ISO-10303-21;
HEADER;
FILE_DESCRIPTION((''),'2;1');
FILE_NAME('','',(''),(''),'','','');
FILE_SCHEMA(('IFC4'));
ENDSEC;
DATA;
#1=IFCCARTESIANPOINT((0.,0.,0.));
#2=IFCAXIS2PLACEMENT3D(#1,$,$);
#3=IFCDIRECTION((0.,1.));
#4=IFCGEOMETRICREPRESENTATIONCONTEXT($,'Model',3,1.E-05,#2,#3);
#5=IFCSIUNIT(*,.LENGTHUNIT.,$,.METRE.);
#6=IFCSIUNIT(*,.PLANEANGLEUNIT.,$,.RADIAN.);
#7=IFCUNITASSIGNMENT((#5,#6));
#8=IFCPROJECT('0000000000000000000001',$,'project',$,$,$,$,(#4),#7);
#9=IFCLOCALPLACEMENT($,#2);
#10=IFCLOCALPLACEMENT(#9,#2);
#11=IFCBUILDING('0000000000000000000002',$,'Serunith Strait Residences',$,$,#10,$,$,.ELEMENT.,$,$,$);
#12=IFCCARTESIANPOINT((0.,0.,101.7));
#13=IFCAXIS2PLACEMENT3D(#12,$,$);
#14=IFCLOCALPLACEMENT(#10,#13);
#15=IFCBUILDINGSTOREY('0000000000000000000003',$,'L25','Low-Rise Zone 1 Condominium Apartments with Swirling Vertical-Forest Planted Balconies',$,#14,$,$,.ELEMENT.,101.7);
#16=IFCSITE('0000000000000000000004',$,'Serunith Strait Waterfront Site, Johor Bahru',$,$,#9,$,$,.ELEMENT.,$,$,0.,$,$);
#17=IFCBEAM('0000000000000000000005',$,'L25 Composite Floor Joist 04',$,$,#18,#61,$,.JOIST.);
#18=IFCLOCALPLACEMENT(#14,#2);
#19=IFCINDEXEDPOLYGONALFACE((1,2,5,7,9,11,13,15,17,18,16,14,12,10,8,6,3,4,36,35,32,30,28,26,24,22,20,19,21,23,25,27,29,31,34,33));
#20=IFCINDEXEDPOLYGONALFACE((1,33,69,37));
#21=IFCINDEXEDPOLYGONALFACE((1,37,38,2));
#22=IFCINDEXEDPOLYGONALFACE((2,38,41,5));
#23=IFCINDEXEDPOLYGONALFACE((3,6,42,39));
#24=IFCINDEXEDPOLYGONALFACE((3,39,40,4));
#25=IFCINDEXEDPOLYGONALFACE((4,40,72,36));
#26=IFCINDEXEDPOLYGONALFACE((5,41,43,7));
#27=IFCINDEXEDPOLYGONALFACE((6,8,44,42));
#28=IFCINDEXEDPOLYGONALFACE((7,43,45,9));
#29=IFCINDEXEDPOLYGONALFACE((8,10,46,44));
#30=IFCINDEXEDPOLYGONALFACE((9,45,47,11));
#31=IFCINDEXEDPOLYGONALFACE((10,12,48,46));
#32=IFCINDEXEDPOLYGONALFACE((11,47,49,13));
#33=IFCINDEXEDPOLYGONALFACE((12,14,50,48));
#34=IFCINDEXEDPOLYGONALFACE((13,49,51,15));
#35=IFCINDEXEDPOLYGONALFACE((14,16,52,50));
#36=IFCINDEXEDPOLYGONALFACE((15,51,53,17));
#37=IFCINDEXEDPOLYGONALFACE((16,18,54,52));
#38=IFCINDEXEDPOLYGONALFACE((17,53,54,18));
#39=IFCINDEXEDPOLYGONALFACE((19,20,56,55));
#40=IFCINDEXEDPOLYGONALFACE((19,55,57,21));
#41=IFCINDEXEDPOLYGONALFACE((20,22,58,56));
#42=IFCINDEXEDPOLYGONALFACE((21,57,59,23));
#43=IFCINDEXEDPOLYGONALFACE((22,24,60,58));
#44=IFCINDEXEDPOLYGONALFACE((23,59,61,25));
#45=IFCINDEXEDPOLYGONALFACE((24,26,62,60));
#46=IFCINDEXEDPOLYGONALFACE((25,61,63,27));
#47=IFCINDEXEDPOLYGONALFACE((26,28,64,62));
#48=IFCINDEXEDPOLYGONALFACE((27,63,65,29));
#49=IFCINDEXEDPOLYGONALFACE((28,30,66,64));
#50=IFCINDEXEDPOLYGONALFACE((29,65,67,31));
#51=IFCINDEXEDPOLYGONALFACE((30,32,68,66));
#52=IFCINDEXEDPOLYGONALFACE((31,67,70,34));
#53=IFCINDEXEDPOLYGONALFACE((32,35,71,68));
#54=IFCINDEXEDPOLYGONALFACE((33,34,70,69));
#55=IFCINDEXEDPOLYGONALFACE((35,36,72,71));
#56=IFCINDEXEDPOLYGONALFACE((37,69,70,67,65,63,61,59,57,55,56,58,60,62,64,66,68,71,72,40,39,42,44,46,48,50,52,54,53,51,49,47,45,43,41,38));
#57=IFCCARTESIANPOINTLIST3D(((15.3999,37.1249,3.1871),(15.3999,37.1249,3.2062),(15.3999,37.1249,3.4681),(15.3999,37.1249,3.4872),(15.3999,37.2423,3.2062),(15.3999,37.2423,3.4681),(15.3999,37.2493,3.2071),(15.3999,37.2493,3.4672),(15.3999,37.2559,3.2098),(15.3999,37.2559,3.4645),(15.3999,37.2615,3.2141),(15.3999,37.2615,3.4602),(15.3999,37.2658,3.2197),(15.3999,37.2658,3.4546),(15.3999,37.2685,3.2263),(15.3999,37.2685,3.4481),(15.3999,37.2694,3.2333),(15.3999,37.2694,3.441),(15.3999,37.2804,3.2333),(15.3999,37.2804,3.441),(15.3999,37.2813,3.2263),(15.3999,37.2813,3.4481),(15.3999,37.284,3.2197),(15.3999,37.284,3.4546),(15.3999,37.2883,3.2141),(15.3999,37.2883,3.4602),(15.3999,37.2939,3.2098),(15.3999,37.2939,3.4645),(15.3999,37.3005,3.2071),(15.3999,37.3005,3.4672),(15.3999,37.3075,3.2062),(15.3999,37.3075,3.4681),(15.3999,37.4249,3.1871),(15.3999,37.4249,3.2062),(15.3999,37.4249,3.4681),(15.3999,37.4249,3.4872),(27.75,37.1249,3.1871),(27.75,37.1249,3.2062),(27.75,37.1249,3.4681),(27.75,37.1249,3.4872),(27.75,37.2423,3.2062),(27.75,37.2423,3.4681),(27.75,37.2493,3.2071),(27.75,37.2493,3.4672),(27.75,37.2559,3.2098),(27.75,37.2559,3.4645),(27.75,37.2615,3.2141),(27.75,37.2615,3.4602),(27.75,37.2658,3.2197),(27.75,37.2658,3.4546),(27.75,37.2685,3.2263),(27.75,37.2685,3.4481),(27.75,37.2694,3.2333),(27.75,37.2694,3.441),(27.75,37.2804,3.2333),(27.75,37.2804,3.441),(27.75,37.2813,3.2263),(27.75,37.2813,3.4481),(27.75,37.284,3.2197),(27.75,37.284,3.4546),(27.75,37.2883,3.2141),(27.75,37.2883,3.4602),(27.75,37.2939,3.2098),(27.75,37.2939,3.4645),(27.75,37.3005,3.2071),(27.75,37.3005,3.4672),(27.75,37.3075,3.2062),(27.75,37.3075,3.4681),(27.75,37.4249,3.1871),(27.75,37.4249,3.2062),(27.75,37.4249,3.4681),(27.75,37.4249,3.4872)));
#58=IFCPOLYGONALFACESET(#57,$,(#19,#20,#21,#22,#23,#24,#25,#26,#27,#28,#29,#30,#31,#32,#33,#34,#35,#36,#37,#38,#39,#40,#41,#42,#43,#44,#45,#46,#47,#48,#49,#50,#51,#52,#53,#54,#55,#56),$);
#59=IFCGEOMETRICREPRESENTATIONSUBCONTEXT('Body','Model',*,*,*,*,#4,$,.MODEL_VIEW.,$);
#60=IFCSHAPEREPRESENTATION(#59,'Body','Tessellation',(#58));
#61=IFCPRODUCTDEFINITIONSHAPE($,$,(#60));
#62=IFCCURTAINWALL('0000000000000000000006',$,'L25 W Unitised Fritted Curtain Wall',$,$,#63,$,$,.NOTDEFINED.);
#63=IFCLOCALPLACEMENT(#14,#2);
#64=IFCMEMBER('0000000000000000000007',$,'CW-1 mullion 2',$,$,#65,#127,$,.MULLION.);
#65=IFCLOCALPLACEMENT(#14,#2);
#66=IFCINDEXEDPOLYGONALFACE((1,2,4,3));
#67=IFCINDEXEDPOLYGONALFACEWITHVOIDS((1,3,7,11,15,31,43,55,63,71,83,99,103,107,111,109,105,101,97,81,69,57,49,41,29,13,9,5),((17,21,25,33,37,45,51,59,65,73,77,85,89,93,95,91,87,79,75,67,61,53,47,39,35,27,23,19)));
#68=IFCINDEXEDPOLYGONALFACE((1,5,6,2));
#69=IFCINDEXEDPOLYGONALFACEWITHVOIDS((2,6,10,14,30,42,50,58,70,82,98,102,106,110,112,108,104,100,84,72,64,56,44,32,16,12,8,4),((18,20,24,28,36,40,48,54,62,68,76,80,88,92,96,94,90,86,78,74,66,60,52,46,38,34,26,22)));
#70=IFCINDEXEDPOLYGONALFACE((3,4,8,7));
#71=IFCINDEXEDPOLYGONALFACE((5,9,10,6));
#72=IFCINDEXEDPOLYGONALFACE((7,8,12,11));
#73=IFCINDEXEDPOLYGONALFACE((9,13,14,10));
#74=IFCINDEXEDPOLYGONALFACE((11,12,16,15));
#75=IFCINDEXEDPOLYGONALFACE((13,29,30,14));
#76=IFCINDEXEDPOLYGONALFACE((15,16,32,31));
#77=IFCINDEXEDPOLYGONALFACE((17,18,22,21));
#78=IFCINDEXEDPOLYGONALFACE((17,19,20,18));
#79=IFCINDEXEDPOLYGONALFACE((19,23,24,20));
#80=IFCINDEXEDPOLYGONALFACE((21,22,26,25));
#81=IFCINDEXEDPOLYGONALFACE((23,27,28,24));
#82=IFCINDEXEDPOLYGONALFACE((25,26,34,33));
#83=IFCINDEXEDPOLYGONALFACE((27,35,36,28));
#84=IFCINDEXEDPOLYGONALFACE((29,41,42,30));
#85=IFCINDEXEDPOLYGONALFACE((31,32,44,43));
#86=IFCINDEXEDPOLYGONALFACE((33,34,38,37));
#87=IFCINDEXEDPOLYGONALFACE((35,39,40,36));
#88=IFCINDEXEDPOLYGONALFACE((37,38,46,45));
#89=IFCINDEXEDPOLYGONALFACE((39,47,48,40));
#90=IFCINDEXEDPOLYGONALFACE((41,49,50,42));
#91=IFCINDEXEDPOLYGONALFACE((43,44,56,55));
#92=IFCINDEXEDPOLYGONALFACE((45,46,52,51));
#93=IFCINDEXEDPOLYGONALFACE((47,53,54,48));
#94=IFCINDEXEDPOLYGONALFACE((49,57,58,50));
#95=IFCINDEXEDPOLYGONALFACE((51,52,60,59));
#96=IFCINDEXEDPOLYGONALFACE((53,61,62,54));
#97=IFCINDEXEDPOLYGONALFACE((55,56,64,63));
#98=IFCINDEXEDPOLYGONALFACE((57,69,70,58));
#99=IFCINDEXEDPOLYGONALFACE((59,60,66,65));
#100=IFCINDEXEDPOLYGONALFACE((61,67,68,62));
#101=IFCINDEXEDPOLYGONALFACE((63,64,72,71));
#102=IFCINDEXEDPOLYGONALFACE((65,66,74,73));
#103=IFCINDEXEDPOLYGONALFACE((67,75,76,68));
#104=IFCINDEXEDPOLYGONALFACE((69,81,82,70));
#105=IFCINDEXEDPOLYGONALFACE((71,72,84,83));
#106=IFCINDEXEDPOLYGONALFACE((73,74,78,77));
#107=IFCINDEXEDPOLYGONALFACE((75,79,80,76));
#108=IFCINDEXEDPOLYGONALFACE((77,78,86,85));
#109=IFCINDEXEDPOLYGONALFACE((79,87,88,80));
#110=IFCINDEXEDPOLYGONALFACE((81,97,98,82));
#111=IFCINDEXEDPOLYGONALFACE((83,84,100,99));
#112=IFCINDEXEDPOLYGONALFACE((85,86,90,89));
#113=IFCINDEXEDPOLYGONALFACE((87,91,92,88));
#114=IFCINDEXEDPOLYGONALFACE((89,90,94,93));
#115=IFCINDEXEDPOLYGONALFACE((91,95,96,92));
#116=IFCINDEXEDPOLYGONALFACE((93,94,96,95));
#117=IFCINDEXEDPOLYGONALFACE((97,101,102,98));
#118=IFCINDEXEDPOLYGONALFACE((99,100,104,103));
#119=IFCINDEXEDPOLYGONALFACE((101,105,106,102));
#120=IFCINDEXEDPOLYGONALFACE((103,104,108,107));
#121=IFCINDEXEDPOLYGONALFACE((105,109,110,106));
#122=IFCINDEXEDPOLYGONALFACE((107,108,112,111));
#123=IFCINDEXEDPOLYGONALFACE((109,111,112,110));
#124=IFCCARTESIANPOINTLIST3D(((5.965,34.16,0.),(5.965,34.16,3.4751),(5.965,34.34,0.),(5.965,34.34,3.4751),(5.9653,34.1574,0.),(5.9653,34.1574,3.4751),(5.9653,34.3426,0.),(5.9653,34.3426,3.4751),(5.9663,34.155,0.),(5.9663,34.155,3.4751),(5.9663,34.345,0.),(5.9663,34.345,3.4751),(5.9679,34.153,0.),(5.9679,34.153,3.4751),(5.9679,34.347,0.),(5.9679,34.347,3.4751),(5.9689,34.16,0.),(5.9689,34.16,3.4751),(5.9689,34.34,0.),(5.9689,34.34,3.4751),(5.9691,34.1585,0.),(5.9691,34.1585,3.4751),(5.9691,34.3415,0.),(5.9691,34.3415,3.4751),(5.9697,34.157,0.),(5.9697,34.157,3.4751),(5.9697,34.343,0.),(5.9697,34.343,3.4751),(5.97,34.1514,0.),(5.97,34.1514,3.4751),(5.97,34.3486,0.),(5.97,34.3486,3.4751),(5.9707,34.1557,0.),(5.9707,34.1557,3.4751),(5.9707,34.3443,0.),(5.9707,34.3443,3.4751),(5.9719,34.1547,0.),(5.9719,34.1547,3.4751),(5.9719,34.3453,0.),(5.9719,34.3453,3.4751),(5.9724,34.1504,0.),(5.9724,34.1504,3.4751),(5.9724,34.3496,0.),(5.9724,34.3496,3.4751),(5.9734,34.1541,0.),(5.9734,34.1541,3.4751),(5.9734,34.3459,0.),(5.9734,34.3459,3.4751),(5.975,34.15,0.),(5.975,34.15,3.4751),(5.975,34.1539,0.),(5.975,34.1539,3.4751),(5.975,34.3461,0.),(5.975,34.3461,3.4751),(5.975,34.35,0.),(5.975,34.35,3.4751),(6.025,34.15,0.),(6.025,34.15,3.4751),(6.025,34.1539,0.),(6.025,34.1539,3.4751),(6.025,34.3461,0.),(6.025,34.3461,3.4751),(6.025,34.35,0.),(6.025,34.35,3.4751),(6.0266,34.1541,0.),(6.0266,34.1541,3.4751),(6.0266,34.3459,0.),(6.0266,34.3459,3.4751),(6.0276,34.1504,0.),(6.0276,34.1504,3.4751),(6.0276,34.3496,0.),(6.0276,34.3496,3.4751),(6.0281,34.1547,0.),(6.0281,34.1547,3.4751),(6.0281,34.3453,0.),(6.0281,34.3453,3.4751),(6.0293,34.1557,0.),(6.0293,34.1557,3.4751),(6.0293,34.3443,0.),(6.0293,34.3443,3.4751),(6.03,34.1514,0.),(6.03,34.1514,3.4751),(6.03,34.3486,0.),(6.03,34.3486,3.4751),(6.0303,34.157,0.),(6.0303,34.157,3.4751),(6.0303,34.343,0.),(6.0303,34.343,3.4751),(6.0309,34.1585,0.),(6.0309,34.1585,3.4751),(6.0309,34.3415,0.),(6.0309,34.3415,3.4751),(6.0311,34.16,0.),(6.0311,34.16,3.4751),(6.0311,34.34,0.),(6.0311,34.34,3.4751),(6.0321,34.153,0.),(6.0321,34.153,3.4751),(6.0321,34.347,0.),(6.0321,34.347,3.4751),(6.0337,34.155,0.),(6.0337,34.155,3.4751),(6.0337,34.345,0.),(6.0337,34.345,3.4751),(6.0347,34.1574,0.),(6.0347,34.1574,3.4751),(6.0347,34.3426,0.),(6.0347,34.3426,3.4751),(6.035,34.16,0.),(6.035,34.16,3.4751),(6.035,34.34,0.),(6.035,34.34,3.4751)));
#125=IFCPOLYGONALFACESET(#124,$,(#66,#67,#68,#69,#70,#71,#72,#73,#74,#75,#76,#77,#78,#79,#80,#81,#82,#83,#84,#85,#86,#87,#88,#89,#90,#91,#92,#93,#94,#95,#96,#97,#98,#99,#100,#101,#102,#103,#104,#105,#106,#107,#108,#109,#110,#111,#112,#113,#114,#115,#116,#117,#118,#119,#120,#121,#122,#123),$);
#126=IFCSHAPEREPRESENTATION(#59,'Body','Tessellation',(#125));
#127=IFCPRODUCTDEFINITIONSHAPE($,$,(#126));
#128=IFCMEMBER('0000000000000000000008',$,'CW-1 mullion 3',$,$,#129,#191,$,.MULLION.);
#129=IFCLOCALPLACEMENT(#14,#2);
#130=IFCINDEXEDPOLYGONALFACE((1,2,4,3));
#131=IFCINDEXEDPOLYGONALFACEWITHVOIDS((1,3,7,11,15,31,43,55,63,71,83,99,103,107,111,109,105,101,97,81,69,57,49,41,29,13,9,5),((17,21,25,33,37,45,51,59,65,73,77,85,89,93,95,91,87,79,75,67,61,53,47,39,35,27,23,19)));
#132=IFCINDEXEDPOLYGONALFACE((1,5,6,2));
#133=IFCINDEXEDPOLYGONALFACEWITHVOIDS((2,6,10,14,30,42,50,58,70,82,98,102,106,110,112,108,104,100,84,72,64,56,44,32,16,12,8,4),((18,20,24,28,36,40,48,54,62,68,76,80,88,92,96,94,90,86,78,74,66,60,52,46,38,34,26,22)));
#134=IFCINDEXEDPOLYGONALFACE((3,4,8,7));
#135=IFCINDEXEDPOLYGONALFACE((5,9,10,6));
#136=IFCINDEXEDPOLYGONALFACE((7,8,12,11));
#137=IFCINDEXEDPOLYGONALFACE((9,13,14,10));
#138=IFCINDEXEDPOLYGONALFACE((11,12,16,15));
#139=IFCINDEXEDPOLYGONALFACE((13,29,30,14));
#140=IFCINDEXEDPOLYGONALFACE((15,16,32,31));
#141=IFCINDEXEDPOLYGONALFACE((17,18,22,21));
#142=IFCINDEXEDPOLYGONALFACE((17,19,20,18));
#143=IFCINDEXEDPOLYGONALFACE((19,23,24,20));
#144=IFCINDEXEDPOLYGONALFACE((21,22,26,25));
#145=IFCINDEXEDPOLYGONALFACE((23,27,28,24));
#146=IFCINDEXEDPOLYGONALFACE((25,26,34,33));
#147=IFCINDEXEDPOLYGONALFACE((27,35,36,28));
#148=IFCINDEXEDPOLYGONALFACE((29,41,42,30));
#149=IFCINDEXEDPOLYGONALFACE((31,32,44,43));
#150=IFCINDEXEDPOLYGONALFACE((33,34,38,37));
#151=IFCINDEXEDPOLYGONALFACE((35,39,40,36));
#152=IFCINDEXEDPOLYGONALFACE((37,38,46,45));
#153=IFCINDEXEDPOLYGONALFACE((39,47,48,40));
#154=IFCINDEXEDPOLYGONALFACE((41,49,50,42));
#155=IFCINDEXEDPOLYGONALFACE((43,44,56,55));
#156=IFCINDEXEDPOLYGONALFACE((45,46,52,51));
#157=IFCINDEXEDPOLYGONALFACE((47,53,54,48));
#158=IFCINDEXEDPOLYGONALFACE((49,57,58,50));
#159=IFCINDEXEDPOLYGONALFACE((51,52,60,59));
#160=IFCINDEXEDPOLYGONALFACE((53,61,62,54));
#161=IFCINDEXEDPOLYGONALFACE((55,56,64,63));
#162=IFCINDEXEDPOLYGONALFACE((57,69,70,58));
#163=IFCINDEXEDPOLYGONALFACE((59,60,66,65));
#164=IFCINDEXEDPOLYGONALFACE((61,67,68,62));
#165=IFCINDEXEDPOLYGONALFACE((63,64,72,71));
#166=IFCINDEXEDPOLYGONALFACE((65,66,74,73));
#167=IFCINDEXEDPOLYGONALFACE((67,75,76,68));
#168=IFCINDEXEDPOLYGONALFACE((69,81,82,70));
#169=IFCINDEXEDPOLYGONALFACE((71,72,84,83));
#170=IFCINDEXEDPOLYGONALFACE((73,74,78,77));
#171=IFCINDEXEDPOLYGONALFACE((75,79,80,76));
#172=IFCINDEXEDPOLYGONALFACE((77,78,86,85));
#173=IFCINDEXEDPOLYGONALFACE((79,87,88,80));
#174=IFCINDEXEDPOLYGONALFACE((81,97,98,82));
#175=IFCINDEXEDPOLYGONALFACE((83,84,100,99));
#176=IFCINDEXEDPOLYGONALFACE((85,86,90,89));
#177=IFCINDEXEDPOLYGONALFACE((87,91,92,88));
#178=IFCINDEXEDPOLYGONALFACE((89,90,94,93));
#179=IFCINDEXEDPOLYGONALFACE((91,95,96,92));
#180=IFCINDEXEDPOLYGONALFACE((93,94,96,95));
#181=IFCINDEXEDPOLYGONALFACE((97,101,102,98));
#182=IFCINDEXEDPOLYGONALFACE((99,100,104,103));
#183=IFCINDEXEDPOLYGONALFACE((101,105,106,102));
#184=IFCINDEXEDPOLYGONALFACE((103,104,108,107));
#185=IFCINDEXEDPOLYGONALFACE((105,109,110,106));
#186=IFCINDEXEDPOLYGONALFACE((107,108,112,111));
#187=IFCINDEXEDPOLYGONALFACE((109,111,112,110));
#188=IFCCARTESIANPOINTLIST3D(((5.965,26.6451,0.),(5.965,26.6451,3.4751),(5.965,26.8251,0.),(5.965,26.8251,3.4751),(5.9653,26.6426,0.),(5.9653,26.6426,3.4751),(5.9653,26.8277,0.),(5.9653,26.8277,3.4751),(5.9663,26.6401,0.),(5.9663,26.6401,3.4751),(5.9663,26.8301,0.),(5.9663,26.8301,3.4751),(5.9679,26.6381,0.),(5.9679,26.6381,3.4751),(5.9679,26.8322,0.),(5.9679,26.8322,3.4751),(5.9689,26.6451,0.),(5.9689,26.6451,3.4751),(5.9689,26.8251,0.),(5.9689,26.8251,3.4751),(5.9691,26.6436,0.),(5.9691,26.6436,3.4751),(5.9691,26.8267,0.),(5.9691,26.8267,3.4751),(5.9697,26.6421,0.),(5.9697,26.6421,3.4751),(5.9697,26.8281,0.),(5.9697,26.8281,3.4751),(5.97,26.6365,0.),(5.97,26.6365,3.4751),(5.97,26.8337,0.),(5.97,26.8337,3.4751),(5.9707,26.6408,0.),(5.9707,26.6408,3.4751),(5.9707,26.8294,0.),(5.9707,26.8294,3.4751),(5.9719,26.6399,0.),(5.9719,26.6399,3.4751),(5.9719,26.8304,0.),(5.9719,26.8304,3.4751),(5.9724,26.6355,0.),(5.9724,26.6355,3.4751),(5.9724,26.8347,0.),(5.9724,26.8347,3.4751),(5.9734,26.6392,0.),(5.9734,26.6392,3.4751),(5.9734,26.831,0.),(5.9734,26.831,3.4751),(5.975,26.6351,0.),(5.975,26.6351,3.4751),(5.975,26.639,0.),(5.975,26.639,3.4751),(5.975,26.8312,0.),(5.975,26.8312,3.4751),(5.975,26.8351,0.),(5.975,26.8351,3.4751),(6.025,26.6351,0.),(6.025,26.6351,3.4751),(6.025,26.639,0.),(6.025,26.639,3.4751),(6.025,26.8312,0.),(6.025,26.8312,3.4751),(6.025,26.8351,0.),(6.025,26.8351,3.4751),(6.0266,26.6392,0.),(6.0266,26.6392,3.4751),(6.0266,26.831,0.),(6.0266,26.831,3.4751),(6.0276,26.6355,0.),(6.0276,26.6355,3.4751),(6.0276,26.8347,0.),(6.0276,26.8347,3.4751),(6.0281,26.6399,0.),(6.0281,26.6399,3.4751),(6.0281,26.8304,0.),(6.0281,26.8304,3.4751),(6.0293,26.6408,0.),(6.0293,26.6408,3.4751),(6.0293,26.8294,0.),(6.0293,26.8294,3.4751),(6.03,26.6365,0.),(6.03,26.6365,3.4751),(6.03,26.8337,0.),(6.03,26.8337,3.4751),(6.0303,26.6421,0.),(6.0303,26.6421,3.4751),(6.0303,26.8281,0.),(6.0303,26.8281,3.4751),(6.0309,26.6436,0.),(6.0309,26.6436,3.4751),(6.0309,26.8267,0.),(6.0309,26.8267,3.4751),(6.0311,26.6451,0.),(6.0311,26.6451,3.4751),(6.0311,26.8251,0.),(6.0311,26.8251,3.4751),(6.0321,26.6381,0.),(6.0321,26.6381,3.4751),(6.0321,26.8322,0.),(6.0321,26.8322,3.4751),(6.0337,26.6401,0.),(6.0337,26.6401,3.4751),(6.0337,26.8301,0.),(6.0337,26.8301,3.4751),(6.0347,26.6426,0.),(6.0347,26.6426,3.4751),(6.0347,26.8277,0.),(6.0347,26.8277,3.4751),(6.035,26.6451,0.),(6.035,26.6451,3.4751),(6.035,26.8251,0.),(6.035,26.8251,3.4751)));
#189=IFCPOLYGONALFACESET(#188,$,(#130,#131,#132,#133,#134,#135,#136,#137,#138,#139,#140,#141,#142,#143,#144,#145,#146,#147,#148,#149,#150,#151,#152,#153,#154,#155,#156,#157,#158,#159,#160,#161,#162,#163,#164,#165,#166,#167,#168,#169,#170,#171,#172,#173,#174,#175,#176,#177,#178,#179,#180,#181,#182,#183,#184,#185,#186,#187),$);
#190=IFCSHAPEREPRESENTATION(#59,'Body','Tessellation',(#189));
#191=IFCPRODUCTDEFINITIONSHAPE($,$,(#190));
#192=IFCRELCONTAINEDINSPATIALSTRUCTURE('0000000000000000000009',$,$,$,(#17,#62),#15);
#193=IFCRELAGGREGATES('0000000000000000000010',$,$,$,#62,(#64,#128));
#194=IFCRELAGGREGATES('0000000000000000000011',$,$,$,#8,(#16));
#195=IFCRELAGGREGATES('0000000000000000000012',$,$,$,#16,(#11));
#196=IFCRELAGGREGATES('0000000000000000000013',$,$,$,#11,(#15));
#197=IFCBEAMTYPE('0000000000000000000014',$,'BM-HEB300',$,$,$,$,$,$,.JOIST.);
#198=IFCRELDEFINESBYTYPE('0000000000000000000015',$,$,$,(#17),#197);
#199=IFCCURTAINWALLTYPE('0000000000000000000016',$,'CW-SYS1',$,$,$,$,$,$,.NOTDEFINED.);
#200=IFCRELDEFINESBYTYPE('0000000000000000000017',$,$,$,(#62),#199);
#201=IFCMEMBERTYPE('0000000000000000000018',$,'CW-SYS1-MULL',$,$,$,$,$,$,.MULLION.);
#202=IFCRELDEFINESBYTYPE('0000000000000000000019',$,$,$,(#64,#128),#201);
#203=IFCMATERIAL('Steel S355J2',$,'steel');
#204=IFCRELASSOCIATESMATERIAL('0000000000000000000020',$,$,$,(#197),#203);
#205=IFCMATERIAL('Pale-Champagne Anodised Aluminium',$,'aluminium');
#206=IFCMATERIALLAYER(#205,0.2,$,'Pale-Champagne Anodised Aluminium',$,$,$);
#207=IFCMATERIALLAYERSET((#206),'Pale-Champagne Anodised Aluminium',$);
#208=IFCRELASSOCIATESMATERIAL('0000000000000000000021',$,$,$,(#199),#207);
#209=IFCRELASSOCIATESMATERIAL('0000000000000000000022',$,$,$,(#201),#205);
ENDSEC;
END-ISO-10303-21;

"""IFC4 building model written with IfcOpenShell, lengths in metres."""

from ifc_helpers import new_model, si_unit, direction, frame, origin, origin_2d, place, context, subcontext, project, spatial, hollow_rectangle, i_section, extrude, source, transform, mapped, material, layer, layer_set, material_profile, profile_set, type_object, element, aggregate, save


model = new_model("IFC4")

# Units and contexts
model_context = context("Model", 3, precision=1e-05, world=origin(), true_north=direction((0.0, 1.0)))
body_context = subcontext(model_context, "Body", "Model", "MODEL_VIEW")
ifc_project = project(units=[si_unit("LENGTHUNIT", "METRE"), si_unit("PLANEANGLEUNIT", "RADIAN")], contexts=[model_context])

# Site, building, storey
site_placement = place(None, origin())
site = spatial("IfcSite", under=ifc_project, at=site_placement, Name="Serunith Strait Waterfront Site, Johor Bahru", CompositionType="ELEMENT", RefElevation=0.0)
building_placement = place(site_placement, origin())
building = spatial("IfcBuilding", under=site, at=building_placement, Name="Serunith Strait Residences", CompositionType="ELEMENT")
storey_placement = place(building_placement, frame((0.0, 0.0, 101.7)))
storey = spatial("IfcBuildingStorey", under=building, at=storey_placement, Name="L25", Description="Low-Rise Zone 1 Condominium Apartments with Swirling Vertical-Forest Planted Balconies", CompositionType="ELEMENT", Elevation=101.7)

# Beam
ifc_material_1 = material(Name="Steel S355J2", Category="steel")
ifc_material_profile_1 = material_profile(ifc_material_1, i_section(OverallWidth=0.3, OverallDepth=0.3, WebThickness=0.011, FlangeThickness=0.019, FilletRadius=0.0271, at=origin_2d()), Name="HEB 300")
ifc_profile_set_1 = profile_set([ifc_material_profile_1], Name="Steel S355J2")
beam_type_1 = type_object("IfcBeamType", Name="BM-HEB300", PredefinedType="JOIST", material=ifc_profile_set_1)
shared_shape_1 = source(origin(), body_context, "Body", "SweptSolid", [
    extrude(i_section(OverallWidth=0.3, OverallDepth=0.3, WebThickness=0.011, FlangeThickness=0.019, FilletRadius=0.0271, at=origin_2d()), origin(), (0.0, 0.0, 1.0), 12.3501),
])
beam_1_placement = place(storey_placement, frame((15.3999, 37.2749, 3.3372), z_axis=(1.0, 0.0, 0.0), x_axis=(0.0, 1.0, 0.0)))
element("IfcBeam", 1, at=beam_1_placement, inside=storey, type_object=beam_type_1, Name="L25 Composite Floor Joist 04", PredefinedType="JOIST", context=body_context, shape_type="MappedRepresentation", body=[
    mapped(shared_shape_1, transform((0.0, 0.0, 0.0), scale=1.0)),
])

# Curtain wall, members
ifc_material_2 = material(Name="Pale-Champagne Anodised Aluminium", Category="aluminium")
ifc_layer_1 = layer(ifc_material_2, 0.2, Name="Pale-Champagne Anodised Aluminium")
ifc_layer_set_1 = layer_set([ifc_layer_1], Name="Pale-Champagne Anodised Aluminium")
curtain_wall_type = type_object("IfcCurtainWallType", Name="CW-SYS1", PredefinedType="NOTDEFINED", material=ifc_layer_set_1)
curtain_wall_placement = place(storey_placement, origin())
curtain_wall = element("IfcCurtainWall", 2, at=curtain_wall_placement, inside=storey, type_object=curtain_wall_type, Name="L25 W Unitised Fritted Curtain Wall", PredefinedType="NOTDEFINED")
ifc_material_profile_2 = material_profile(ifc_material_2, hollow_rectangle(XDim=0.0701, YDim=0.2, WallThickness=0.0039, InnerFilletRadius=0.0061, OuterFilletRadius=0.01, at=origin_2d()), Name="ALU 200x70x4")
ifc_profile_set_2 = profile_set([ifc_material_profile_2], Name="Pale-Champagne Anodised Aluminium")
member_type_1 = type_object("IfcMemberType", Name="CW-SYS1-MULL", PredefinedType="MULLION", material=ifc_profile_set_2)
shared_shape_2 = source(origin(), body_context, "Body", "SweptSolid", [
    extrude(hollow_rectangle(XDim=0.0701, YDim=0.2, WallThickness=0.0039, InnerFilletRadius=0.0061, OuterFilletRadius=0.01, at=origin_2d()), origin(), (0.0, 0.0, 1.0), 3.4751),
])
member_1_placement = place(storey_placement, frame((6.0, 34.25, 0.0), z_axis=(0.0, 0.0, 1.0), x_axis=(1.0, 0.0, 0.0)))
member_1 = element("IfcMember", 3, at=member_1_placement, type_object=member_type_1, Name="CW-1 mullion 2", PredefinedType="MULLION", context=body_context, shape_type="MappedRepresentation", body=[
    mapped(shared_shape_2, transform((0.0, 0.0, 0.0), scale=1.0)),
])
member_2_placement = place(storey_placement, frame((6.0, 26.7351, 0.0), z_axis=(0.0, 0.0, 1.0), x_axis=(1.0, 0.0, 0.0)))
member_2 = element("IfcMember", 4, at=member_2_placement, type_object=member_type_1, Name="CW-1 mullion 3", PredefinedType="MULLION", context=body_context, shape_type="MappedRepresentation", body=[
    mapped(shared_shape_2, transform((0.0, 0.0, 0.0), scale=1.0)),
])
aggregate(curtain_wall, [member_1, member_2])

save(model, "model.ifc")
